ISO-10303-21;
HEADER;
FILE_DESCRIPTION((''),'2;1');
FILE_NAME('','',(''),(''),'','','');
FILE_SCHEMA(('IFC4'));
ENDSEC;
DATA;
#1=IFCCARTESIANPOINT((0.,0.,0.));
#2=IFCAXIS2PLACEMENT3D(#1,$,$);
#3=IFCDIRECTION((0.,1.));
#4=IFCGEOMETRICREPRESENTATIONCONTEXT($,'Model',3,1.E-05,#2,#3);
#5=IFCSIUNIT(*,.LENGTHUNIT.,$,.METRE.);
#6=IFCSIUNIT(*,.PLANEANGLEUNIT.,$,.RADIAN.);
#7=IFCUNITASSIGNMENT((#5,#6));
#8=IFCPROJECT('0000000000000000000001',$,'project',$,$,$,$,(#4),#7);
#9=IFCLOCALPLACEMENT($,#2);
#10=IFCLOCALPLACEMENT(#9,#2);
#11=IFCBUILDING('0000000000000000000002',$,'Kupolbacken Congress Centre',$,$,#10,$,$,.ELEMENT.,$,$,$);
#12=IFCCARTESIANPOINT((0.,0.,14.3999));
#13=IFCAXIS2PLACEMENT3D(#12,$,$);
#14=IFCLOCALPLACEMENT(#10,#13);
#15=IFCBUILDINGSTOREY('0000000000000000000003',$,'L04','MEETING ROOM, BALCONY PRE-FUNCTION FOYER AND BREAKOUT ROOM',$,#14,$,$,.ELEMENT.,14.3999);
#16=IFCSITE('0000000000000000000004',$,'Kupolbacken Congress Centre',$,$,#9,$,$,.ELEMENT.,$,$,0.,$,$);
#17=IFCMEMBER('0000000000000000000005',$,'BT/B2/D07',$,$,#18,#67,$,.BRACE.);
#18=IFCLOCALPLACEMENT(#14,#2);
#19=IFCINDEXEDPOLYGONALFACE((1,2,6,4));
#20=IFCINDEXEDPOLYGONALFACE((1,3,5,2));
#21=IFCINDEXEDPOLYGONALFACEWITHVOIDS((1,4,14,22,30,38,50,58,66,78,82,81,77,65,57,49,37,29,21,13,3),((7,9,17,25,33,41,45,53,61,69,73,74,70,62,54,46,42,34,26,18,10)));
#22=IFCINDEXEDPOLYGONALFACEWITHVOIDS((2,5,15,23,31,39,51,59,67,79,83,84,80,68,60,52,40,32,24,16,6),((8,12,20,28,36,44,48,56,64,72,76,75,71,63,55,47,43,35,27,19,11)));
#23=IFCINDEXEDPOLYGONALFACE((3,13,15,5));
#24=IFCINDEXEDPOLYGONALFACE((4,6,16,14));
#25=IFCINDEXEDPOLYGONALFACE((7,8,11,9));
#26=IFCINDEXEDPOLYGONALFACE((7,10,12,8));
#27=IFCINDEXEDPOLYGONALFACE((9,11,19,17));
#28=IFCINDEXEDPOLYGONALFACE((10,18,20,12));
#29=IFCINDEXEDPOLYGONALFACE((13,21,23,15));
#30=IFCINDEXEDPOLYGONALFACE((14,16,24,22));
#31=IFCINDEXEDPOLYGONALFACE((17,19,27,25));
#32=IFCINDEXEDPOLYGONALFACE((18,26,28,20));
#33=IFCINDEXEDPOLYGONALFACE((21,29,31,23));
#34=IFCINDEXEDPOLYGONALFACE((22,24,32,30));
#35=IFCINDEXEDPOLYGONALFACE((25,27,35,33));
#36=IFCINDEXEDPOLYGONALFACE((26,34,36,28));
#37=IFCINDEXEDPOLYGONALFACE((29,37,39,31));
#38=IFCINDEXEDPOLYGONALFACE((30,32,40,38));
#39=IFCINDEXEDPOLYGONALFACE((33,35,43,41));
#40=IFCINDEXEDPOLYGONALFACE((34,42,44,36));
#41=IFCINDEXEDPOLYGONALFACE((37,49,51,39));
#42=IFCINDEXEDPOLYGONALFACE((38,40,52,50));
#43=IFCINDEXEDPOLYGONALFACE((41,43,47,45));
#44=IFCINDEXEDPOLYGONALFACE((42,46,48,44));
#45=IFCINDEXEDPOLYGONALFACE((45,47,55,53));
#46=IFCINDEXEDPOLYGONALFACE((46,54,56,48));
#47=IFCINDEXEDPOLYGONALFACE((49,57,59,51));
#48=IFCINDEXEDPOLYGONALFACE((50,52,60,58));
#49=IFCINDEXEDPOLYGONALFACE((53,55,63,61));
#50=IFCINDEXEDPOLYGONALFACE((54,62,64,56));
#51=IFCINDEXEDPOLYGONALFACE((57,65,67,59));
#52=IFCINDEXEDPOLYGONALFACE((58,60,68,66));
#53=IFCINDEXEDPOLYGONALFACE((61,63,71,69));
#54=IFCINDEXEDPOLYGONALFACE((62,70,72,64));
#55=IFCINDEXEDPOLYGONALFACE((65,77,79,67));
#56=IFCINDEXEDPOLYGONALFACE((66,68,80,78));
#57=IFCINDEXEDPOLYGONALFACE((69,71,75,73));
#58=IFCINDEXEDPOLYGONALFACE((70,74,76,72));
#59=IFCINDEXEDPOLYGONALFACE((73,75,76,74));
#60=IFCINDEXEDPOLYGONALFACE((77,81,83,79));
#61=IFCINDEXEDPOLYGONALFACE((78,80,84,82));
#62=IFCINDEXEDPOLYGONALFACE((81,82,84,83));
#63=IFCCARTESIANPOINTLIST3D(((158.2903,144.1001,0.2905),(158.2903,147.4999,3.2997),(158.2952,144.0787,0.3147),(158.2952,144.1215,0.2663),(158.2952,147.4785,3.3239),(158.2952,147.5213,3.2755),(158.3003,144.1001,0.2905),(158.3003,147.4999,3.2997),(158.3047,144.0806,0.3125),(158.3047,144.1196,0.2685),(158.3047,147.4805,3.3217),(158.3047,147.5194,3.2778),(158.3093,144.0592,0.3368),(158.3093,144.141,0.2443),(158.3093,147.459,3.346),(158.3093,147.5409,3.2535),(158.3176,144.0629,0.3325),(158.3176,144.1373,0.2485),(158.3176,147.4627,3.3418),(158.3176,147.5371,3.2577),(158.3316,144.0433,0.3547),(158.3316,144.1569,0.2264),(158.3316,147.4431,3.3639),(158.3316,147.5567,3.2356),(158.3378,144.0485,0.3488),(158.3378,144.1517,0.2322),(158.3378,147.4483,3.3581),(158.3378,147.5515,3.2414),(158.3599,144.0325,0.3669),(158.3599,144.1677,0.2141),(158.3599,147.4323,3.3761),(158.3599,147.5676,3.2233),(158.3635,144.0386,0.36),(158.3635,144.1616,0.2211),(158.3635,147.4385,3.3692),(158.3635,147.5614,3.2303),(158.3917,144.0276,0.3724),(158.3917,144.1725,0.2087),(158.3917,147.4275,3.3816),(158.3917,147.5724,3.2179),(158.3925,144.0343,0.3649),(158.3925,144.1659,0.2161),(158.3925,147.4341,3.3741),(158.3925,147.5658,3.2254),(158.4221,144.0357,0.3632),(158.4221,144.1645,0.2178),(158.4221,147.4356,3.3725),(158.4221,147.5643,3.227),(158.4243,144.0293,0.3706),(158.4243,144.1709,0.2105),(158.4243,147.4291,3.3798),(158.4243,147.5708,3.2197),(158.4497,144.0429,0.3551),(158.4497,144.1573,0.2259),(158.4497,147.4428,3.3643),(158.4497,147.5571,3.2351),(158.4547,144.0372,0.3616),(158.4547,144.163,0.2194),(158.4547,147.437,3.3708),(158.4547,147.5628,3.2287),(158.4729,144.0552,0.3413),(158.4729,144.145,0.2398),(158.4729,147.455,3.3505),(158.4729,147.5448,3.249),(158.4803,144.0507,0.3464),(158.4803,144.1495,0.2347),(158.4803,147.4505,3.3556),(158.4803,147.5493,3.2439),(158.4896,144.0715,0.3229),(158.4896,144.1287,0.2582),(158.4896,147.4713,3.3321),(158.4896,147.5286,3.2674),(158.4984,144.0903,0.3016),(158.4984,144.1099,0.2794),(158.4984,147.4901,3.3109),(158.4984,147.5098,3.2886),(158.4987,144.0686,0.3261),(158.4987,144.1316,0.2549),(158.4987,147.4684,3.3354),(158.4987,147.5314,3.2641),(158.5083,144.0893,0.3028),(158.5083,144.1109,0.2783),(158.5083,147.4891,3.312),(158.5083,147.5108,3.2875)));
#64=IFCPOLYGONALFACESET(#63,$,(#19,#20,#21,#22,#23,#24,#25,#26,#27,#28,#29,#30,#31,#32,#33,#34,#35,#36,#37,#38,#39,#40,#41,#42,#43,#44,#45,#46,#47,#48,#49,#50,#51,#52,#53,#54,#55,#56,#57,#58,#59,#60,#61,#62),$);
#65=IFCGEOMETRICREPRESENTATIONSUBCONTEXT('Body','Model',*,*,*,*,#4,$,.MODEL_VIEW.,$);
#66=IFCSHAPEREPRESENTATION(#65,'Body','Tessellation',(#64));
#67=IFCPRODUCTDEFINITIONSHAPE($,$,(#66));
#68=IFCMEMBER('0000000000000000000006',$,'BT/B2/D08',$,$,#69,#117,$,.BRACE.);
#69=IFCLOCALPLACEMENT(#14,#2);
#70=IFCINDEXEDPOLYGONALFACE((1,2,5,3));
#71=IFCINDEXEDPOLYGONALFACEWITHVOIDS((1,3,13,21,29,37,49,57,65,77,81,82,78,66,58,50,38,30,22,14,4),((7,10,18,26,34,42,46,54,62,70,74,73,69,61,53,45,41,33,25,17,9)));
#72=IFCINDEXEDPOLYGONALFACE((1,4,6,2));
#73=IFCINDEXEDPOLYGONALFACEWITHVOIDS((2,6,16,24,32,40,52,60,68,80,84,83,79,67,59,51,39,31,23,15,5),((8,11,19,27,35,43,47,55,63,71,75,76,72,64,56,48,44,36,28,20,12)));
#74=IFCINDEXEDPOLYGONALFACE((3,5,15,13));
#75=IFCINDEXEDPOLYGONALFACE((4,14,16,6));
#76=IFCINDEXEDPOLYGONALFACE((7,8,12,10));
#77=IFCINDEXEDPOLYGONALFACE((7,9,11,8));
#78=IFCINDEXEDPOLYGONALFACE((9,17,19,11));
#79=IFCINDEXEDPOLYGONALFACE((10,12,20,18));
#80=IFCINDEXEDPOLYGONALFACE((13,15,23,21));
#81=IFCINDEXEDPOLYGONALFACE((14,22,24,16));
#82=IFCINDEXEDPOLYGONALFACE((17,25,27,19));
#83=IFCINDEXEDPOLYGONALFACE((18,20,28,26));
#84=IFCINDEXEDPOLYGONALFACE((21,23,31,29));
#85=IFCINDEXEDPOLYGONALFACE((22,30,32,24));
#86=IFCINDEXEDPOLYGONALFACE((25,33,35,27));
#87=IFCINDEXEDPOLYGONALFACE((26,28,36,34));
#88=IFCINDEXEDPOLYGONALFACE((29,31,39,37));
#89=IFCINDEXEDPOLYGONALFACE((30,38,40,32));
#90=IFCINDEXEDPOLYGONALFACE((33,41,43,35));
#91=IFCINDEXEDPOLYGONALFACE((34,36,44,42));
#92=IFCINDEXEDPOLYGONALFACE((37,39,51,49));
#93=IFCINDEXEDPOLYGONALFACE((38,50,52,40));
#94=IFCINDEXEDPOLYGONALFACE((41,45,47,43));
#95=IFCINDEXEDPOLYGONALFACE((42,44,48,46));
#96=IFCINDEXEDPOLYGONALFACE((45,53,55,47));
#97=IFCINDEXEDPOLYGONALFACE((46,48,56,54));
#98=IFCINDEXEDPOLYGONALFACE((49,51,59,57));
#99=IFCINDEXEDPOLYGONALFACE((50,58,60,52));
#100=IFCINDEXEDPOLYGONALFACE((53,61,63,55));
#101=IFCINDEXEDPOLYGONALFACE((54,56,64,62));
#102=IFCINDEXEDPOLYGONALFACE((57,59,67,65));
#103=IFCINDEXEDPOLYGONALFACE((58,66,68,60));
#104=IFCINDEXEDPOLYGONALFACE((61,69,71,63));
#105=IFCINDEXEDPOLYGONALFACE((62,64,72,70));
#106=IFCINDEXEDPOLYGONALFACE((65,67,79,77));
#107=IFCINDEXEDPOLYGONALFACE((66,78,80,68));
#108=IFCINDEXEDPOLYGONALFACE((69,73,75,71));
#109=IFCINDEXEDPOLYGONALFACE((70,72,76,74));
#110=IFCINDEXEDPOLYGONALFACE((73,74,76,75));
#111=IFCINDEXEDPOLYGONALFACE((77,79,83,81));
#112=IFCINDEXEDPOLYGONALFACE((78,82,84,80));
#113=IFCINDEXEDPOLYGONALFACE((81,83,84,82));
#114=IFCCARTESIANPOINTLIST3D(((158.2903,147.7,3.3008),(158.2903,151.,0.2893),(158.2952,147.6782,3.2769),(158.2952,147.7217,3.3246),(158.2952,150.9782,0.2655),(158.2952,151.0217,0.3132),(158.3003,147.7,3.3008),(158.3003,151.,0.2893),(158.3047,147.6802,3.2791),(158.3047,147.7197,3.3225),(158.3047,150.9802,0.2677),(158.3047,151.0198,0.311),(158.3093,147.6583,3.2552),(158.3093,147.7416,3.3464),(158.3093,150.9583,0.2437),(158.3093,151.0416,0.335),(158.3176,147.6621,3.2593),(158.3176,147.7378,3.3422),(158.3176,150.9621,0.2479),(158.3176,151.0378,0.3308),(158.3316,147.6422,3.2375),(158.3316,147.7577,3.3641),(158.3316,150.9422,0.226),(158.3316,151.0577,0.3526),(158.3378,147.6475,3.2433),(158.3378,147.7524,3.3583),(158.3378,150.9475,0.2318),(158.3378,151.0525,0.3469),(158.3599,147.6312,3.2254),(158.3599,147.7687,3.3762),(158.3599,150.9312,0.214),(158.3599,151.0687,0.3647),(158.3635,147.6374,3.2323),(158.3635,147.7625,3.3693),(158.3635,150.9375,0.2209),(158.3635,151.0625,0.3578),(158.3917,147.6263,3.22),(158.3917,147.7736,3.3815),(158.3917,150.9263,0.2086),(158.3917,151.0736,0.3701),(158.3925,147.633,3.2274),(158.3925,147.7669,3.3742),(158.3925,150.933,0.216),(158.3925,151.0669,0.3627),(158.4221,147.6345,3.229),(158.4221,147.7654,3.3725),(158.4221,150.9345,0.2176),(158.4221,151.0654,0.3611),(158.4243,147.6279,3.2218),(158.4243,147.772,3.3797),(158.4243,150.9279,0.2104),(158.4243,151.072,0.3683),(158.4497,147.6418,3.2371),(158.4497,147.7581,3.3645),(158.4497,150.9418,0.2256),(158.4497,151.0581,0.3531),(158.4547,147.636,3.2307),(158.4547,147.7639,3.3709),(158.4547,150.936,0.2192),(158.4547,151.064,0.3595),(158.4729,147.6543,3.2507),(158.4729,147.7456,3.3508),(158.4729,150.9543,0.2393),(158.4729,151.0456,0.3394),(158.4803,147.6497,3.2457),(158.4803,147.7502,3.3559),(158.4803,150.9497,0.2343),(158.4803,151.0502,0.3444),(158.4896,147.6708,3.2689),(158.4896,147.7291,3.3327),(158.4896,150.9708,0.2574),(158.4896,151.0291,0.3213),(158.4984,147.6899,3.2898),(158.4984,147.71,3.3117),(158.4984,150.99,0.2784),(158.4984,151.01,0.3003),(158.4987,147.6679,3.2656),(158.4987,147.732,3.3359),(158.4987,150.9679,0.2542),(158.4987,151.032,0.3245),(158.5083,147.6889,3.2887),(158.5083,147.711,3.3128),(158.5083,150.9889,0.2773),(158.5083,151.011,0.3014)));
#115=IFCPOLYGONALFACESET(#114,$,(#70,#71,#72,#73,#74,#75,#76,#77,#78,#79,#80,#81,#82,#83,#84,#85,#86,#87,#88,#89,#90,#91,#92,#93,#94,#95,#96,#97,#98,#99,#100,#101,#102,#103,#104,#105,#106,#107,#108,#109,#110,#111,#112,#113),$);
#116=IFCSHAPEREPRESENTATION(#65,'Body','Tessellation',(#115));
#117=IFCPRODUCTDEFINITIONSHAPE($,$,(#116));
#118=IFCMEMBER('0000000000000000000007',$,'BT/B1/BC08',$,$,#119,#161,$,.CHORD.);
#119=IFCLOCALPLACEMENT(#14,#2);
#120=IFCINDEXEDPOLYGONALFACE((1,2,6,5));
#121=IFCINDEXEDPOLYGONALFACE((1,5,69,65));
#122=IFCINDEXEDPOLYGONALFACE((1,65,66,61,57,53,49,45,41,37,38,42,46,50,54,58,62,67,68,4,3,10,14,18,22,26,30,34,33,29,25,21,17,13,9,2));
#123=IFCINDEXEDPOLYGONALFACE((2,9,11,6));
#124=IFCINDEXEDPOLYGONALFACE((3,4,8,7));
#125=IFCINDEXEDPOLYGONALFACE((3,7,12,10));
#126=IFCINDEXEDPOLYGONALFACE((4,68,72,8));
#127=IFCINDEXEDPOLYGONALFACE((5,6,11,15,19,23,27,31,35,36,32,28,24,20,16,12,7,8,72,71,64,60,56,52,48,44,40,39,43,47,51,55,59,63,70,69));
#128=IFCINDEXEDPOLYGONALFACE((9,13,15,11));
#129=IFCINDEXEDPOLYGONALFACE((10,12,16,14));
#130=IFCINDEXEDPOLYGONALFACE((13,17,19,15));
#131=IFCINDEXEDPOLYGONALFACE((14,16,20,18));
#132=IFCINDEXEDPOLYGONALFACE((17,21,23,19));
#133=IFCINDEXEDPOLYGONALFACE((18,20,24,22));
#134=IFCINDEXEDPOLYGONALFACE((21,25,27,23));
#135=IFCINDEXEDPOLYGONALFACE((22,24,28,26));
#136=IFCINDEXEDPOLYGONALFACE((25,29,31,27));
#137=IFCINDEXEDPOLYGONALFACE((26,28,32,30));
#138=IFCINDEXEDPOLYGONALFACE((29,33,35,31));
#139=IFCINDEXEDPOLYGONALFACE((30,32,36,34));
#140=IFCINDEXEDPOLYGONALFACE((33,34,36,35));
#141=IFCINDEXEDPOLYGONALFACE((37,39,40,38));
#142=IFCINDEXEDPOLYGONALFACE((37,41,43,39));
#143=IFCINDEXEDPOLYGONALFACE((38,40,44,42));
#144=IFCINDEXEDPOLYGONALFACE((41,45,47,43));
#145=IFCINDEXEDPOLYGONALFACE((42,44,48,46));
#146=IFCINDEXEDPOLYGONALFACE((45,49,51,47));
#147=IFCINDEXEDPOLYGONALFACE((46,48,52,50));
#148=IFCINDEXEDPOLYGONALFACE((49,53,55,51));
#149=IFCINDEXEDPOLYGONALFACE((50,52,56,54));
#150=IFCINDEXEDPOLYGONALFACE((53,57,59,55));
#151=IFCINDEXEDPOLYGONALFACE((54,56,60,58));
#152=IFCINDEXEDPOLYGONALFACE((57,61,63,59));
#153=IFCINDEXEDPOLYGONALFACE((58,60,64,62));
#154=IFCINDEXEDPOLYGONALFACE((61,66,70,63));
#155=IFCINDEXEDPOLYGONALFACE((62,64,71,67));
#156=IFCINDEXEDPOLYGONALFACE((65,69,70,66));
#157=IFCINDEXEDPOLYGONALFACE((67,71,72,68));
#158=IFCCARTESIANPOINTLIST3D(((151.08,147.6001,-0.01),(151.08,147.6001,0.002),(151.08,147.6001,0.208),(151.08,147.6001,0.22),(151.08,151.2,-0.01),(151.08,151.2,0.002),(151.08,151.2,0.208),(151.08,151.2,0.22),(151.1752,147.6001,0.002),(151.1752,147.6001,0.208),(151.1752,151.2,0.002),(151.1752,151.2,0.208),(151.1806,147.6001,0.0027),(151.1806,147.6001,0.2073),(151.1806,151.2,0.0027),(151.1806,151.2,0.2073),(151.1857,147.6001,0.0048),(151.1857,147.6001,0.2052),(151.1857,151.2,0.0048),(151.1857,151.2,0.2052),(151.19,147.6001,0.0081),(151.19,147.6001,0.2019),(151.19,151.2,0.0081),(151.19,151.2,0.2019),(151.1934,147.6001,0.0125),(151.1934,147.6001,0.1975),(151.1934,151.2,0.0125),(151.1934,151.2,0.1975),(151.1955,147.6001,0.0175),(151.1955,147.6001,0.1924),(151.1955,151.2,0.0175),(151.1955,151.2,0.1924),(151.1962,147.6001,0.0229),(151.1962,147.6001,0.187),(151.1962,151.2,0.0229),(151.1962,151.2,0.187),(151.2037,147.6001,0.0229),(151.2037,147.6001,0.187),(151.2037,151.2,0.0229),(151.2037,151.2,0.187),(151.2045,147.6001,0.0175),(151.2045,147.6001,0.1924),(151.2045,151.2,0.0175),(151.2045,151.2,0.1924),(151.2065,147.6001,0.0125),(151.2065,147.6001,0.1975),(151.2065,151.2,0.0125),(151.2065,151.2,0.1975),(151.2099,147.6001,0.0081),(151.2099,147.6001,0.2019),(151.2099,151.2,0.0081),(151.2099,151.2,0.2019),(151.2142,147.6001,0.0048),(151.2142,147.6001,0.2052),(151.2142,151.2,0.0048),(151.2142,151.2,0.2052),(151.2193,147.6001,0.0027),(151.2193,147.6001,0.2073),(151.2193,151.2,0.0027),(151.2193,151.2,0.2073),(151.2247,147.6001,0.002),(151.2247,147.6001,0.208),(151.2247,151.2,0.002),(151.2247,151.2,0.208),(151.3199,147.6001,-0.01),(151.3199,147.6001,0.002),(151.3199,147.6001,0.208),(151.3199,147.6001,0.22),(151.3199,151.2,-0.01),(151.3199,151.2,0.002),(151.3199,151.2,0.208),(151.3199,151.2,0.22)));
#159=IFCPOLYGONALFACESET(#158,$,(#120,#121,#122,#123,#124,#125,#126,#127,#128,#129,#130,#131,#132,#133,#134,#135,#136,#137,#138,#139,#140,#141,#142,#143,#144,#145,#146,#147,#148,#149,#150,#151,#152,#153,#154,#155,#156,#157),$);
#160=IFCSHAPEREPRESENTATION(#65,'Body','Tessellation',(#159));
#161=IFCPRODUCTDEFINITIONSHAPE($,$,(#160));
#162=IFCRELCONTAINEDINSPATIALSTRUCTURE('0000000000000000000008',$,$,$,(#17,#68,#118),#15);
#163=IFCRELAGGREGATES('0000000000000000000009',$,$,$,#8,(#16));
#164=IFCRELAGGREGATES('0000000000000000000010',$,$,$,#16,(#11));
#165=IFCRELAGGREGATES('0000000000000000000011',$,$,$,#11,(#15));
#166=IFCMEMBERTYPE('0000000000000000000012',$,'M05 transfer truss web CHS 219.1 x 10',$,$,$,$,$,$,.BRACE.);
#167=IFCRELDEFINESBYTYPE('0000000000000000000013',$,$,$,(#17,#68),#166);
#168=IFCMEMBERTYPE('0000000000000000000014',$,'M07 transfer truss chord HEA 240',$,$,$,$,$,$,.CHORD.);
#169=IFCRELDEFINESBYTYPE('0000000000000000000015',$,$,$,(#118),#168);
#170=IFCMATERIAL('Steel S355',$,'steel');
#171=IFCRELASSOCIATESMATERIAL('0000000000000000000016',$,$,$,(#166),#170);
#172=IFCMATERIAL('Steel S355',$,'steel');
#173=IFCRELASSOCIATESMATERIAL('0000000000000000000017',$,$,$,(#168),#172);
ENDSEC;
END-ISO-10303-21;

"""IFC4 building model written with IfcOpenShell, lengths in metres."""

from ifc_helpers import new_model, si_unit, direction, frame, origin, origin_2d, place, context, subcontext, project, spatial, hollow_circle, i_section, extrude, material, material_profile, profile_set, type_object, element, save


model = new_model("IFC4")

# Units and contexts
model_context = context("Model", 3, precision=1e-05, world=origin(), true_north=direction((0.0, 1.0)))
body_context = subcontext(model_context, "Body", "Model", "MODEL_VIEW")
ifc_project = project(units=[si_unit("LENGTHUNIT", "METRE"), si_unit("PLANEANGLEUNIT", "RADIAN")], contexts=[model_context])

# Site, building, storey
site_placement = place(None, origin())
site = spatial("IfcSite", under=ifc_project, at=site_placement, Name="Kupolbacken Congress Centre", CompositionType="ELEMENT", RefElevation=0.0)
building_placement = place(site_placement, origin())
building = spatial("IfcBuilding", under=site, at=building_placement, Name="Kupolbacken Congress Centre", CompositionType="ELEMENT")
storey_placement = place(building_placement, frame((0.0, 0.0, 14.3999)))
storey = spatial("IfcBuildingStorey", under=building, at=storey_placement, Name="L04", Description="MEETING ROOM, BALCONY PRE-FUNCTION FOYER AND BREAKOUT ROOM", CompositionType="ELEMENT", Elevation=14.3999)

# Members
ifc_material_1 = material(Name="Steel S355", Category="steel")
ifc_material_profile_1 = material_profile(ifc_material_1, hollow_circle(Radius=0.1096, WallThickness=0.01, at=origin_2d()), Name="CHS 219.1 x 10")
ifc_profile_set_1 = profile_set([ifc_material_profile_1], Name="Steel S355")
member_type_1 = type_object("IfcMemberType", Name="M05 transfer truss web CHS 219.1 x 10", PredefinedType="BRACE", material=ifc_profile_set_1)
member_1_placement = place(storey_placement, frame((158.3999, 144.1001, 0.2905), z_axis=(0.0, 0.748814, 0.66278), x_axis=(-1.0, 0.0, 0.0)))
element("IfcMember", 1, at=member_1_placement, inside=storey, type_object=member_type_1, Name="BT/B2/D07", PredefinedType="BRACE", context=body_context, shape_type="SweptSolid", body=[
    extrude(hollow_circle(Radius=0.1096, WallThickness=0.01, at=origin_2d()), origin(), (0.0, 0.0, 1.0), 4.5403),
])
member_2_placement = place(storey_placement, frame((158.3999, 147.7, 3.3008), z_axis=(0.0, 0.738665, -0.674072), x_axis=(-1.0, 0.0, 0.0)))
element("IfcMember", 2, at=member_2_placement, inside=storey, type_object=member_type_1, Name="BT/B2/D08", PredefinedType="BRACE", context=body_context, shape_type="SweptSolid", body=[
    extrude(hollow_circle(Radius=0.1096, WallThickness=0.01, at=origin_2d()), origin(), (0.0, 0.0, 1.0), 4.4675),
])
ifc_material_2 = material(Name="Steel S355", Category="steel")
ifc_material_profile_2 = material_profile(ifc_material_2, i_section(OverallWidth=0.24, OverallDepth=0.23, WebThickness=0.0076, FlangeThickness=0.012, FilletRadius=0.021, at=origin_2d()), Name="HEA 240")
ifc_profile_set_2 = profile_set([ifc_material_profile_2], Name="Steel S355")
member_type_2 = type_object("IfcMemberType", Name="M07 transfer truss chord HEA 240", PredefinedType="CHORD", material=ifc_profile_set_2)
for number, where, z_axis, x_axis, name in (
    (3, (151.2, 147.6001, 0.105), (0.0, 1.0, 0.0), (-1.0, 0.0, 0.0), "BT/B1/BC08"),
):
    element("IfcMember", number, at=place(storey_placement, frame(where, z_axis=z_axis, x_axis=x_axis)), inside=storey, type_object=member_type_2, Name=name, PredefinedType="CHORD", context=body_context, shape_type="SweptSolid", body=[
        extrude(i_section(OverallWidth=0.24, OverallDepth=0.23, WebThickness=0.0076, FlangeThickness=0.012, FilletRadius=0.021, at=origin_2d()), origin(), (0.0, 0.0, 1.0), 3.5999),
    ])

save(model, "model.ifc")
